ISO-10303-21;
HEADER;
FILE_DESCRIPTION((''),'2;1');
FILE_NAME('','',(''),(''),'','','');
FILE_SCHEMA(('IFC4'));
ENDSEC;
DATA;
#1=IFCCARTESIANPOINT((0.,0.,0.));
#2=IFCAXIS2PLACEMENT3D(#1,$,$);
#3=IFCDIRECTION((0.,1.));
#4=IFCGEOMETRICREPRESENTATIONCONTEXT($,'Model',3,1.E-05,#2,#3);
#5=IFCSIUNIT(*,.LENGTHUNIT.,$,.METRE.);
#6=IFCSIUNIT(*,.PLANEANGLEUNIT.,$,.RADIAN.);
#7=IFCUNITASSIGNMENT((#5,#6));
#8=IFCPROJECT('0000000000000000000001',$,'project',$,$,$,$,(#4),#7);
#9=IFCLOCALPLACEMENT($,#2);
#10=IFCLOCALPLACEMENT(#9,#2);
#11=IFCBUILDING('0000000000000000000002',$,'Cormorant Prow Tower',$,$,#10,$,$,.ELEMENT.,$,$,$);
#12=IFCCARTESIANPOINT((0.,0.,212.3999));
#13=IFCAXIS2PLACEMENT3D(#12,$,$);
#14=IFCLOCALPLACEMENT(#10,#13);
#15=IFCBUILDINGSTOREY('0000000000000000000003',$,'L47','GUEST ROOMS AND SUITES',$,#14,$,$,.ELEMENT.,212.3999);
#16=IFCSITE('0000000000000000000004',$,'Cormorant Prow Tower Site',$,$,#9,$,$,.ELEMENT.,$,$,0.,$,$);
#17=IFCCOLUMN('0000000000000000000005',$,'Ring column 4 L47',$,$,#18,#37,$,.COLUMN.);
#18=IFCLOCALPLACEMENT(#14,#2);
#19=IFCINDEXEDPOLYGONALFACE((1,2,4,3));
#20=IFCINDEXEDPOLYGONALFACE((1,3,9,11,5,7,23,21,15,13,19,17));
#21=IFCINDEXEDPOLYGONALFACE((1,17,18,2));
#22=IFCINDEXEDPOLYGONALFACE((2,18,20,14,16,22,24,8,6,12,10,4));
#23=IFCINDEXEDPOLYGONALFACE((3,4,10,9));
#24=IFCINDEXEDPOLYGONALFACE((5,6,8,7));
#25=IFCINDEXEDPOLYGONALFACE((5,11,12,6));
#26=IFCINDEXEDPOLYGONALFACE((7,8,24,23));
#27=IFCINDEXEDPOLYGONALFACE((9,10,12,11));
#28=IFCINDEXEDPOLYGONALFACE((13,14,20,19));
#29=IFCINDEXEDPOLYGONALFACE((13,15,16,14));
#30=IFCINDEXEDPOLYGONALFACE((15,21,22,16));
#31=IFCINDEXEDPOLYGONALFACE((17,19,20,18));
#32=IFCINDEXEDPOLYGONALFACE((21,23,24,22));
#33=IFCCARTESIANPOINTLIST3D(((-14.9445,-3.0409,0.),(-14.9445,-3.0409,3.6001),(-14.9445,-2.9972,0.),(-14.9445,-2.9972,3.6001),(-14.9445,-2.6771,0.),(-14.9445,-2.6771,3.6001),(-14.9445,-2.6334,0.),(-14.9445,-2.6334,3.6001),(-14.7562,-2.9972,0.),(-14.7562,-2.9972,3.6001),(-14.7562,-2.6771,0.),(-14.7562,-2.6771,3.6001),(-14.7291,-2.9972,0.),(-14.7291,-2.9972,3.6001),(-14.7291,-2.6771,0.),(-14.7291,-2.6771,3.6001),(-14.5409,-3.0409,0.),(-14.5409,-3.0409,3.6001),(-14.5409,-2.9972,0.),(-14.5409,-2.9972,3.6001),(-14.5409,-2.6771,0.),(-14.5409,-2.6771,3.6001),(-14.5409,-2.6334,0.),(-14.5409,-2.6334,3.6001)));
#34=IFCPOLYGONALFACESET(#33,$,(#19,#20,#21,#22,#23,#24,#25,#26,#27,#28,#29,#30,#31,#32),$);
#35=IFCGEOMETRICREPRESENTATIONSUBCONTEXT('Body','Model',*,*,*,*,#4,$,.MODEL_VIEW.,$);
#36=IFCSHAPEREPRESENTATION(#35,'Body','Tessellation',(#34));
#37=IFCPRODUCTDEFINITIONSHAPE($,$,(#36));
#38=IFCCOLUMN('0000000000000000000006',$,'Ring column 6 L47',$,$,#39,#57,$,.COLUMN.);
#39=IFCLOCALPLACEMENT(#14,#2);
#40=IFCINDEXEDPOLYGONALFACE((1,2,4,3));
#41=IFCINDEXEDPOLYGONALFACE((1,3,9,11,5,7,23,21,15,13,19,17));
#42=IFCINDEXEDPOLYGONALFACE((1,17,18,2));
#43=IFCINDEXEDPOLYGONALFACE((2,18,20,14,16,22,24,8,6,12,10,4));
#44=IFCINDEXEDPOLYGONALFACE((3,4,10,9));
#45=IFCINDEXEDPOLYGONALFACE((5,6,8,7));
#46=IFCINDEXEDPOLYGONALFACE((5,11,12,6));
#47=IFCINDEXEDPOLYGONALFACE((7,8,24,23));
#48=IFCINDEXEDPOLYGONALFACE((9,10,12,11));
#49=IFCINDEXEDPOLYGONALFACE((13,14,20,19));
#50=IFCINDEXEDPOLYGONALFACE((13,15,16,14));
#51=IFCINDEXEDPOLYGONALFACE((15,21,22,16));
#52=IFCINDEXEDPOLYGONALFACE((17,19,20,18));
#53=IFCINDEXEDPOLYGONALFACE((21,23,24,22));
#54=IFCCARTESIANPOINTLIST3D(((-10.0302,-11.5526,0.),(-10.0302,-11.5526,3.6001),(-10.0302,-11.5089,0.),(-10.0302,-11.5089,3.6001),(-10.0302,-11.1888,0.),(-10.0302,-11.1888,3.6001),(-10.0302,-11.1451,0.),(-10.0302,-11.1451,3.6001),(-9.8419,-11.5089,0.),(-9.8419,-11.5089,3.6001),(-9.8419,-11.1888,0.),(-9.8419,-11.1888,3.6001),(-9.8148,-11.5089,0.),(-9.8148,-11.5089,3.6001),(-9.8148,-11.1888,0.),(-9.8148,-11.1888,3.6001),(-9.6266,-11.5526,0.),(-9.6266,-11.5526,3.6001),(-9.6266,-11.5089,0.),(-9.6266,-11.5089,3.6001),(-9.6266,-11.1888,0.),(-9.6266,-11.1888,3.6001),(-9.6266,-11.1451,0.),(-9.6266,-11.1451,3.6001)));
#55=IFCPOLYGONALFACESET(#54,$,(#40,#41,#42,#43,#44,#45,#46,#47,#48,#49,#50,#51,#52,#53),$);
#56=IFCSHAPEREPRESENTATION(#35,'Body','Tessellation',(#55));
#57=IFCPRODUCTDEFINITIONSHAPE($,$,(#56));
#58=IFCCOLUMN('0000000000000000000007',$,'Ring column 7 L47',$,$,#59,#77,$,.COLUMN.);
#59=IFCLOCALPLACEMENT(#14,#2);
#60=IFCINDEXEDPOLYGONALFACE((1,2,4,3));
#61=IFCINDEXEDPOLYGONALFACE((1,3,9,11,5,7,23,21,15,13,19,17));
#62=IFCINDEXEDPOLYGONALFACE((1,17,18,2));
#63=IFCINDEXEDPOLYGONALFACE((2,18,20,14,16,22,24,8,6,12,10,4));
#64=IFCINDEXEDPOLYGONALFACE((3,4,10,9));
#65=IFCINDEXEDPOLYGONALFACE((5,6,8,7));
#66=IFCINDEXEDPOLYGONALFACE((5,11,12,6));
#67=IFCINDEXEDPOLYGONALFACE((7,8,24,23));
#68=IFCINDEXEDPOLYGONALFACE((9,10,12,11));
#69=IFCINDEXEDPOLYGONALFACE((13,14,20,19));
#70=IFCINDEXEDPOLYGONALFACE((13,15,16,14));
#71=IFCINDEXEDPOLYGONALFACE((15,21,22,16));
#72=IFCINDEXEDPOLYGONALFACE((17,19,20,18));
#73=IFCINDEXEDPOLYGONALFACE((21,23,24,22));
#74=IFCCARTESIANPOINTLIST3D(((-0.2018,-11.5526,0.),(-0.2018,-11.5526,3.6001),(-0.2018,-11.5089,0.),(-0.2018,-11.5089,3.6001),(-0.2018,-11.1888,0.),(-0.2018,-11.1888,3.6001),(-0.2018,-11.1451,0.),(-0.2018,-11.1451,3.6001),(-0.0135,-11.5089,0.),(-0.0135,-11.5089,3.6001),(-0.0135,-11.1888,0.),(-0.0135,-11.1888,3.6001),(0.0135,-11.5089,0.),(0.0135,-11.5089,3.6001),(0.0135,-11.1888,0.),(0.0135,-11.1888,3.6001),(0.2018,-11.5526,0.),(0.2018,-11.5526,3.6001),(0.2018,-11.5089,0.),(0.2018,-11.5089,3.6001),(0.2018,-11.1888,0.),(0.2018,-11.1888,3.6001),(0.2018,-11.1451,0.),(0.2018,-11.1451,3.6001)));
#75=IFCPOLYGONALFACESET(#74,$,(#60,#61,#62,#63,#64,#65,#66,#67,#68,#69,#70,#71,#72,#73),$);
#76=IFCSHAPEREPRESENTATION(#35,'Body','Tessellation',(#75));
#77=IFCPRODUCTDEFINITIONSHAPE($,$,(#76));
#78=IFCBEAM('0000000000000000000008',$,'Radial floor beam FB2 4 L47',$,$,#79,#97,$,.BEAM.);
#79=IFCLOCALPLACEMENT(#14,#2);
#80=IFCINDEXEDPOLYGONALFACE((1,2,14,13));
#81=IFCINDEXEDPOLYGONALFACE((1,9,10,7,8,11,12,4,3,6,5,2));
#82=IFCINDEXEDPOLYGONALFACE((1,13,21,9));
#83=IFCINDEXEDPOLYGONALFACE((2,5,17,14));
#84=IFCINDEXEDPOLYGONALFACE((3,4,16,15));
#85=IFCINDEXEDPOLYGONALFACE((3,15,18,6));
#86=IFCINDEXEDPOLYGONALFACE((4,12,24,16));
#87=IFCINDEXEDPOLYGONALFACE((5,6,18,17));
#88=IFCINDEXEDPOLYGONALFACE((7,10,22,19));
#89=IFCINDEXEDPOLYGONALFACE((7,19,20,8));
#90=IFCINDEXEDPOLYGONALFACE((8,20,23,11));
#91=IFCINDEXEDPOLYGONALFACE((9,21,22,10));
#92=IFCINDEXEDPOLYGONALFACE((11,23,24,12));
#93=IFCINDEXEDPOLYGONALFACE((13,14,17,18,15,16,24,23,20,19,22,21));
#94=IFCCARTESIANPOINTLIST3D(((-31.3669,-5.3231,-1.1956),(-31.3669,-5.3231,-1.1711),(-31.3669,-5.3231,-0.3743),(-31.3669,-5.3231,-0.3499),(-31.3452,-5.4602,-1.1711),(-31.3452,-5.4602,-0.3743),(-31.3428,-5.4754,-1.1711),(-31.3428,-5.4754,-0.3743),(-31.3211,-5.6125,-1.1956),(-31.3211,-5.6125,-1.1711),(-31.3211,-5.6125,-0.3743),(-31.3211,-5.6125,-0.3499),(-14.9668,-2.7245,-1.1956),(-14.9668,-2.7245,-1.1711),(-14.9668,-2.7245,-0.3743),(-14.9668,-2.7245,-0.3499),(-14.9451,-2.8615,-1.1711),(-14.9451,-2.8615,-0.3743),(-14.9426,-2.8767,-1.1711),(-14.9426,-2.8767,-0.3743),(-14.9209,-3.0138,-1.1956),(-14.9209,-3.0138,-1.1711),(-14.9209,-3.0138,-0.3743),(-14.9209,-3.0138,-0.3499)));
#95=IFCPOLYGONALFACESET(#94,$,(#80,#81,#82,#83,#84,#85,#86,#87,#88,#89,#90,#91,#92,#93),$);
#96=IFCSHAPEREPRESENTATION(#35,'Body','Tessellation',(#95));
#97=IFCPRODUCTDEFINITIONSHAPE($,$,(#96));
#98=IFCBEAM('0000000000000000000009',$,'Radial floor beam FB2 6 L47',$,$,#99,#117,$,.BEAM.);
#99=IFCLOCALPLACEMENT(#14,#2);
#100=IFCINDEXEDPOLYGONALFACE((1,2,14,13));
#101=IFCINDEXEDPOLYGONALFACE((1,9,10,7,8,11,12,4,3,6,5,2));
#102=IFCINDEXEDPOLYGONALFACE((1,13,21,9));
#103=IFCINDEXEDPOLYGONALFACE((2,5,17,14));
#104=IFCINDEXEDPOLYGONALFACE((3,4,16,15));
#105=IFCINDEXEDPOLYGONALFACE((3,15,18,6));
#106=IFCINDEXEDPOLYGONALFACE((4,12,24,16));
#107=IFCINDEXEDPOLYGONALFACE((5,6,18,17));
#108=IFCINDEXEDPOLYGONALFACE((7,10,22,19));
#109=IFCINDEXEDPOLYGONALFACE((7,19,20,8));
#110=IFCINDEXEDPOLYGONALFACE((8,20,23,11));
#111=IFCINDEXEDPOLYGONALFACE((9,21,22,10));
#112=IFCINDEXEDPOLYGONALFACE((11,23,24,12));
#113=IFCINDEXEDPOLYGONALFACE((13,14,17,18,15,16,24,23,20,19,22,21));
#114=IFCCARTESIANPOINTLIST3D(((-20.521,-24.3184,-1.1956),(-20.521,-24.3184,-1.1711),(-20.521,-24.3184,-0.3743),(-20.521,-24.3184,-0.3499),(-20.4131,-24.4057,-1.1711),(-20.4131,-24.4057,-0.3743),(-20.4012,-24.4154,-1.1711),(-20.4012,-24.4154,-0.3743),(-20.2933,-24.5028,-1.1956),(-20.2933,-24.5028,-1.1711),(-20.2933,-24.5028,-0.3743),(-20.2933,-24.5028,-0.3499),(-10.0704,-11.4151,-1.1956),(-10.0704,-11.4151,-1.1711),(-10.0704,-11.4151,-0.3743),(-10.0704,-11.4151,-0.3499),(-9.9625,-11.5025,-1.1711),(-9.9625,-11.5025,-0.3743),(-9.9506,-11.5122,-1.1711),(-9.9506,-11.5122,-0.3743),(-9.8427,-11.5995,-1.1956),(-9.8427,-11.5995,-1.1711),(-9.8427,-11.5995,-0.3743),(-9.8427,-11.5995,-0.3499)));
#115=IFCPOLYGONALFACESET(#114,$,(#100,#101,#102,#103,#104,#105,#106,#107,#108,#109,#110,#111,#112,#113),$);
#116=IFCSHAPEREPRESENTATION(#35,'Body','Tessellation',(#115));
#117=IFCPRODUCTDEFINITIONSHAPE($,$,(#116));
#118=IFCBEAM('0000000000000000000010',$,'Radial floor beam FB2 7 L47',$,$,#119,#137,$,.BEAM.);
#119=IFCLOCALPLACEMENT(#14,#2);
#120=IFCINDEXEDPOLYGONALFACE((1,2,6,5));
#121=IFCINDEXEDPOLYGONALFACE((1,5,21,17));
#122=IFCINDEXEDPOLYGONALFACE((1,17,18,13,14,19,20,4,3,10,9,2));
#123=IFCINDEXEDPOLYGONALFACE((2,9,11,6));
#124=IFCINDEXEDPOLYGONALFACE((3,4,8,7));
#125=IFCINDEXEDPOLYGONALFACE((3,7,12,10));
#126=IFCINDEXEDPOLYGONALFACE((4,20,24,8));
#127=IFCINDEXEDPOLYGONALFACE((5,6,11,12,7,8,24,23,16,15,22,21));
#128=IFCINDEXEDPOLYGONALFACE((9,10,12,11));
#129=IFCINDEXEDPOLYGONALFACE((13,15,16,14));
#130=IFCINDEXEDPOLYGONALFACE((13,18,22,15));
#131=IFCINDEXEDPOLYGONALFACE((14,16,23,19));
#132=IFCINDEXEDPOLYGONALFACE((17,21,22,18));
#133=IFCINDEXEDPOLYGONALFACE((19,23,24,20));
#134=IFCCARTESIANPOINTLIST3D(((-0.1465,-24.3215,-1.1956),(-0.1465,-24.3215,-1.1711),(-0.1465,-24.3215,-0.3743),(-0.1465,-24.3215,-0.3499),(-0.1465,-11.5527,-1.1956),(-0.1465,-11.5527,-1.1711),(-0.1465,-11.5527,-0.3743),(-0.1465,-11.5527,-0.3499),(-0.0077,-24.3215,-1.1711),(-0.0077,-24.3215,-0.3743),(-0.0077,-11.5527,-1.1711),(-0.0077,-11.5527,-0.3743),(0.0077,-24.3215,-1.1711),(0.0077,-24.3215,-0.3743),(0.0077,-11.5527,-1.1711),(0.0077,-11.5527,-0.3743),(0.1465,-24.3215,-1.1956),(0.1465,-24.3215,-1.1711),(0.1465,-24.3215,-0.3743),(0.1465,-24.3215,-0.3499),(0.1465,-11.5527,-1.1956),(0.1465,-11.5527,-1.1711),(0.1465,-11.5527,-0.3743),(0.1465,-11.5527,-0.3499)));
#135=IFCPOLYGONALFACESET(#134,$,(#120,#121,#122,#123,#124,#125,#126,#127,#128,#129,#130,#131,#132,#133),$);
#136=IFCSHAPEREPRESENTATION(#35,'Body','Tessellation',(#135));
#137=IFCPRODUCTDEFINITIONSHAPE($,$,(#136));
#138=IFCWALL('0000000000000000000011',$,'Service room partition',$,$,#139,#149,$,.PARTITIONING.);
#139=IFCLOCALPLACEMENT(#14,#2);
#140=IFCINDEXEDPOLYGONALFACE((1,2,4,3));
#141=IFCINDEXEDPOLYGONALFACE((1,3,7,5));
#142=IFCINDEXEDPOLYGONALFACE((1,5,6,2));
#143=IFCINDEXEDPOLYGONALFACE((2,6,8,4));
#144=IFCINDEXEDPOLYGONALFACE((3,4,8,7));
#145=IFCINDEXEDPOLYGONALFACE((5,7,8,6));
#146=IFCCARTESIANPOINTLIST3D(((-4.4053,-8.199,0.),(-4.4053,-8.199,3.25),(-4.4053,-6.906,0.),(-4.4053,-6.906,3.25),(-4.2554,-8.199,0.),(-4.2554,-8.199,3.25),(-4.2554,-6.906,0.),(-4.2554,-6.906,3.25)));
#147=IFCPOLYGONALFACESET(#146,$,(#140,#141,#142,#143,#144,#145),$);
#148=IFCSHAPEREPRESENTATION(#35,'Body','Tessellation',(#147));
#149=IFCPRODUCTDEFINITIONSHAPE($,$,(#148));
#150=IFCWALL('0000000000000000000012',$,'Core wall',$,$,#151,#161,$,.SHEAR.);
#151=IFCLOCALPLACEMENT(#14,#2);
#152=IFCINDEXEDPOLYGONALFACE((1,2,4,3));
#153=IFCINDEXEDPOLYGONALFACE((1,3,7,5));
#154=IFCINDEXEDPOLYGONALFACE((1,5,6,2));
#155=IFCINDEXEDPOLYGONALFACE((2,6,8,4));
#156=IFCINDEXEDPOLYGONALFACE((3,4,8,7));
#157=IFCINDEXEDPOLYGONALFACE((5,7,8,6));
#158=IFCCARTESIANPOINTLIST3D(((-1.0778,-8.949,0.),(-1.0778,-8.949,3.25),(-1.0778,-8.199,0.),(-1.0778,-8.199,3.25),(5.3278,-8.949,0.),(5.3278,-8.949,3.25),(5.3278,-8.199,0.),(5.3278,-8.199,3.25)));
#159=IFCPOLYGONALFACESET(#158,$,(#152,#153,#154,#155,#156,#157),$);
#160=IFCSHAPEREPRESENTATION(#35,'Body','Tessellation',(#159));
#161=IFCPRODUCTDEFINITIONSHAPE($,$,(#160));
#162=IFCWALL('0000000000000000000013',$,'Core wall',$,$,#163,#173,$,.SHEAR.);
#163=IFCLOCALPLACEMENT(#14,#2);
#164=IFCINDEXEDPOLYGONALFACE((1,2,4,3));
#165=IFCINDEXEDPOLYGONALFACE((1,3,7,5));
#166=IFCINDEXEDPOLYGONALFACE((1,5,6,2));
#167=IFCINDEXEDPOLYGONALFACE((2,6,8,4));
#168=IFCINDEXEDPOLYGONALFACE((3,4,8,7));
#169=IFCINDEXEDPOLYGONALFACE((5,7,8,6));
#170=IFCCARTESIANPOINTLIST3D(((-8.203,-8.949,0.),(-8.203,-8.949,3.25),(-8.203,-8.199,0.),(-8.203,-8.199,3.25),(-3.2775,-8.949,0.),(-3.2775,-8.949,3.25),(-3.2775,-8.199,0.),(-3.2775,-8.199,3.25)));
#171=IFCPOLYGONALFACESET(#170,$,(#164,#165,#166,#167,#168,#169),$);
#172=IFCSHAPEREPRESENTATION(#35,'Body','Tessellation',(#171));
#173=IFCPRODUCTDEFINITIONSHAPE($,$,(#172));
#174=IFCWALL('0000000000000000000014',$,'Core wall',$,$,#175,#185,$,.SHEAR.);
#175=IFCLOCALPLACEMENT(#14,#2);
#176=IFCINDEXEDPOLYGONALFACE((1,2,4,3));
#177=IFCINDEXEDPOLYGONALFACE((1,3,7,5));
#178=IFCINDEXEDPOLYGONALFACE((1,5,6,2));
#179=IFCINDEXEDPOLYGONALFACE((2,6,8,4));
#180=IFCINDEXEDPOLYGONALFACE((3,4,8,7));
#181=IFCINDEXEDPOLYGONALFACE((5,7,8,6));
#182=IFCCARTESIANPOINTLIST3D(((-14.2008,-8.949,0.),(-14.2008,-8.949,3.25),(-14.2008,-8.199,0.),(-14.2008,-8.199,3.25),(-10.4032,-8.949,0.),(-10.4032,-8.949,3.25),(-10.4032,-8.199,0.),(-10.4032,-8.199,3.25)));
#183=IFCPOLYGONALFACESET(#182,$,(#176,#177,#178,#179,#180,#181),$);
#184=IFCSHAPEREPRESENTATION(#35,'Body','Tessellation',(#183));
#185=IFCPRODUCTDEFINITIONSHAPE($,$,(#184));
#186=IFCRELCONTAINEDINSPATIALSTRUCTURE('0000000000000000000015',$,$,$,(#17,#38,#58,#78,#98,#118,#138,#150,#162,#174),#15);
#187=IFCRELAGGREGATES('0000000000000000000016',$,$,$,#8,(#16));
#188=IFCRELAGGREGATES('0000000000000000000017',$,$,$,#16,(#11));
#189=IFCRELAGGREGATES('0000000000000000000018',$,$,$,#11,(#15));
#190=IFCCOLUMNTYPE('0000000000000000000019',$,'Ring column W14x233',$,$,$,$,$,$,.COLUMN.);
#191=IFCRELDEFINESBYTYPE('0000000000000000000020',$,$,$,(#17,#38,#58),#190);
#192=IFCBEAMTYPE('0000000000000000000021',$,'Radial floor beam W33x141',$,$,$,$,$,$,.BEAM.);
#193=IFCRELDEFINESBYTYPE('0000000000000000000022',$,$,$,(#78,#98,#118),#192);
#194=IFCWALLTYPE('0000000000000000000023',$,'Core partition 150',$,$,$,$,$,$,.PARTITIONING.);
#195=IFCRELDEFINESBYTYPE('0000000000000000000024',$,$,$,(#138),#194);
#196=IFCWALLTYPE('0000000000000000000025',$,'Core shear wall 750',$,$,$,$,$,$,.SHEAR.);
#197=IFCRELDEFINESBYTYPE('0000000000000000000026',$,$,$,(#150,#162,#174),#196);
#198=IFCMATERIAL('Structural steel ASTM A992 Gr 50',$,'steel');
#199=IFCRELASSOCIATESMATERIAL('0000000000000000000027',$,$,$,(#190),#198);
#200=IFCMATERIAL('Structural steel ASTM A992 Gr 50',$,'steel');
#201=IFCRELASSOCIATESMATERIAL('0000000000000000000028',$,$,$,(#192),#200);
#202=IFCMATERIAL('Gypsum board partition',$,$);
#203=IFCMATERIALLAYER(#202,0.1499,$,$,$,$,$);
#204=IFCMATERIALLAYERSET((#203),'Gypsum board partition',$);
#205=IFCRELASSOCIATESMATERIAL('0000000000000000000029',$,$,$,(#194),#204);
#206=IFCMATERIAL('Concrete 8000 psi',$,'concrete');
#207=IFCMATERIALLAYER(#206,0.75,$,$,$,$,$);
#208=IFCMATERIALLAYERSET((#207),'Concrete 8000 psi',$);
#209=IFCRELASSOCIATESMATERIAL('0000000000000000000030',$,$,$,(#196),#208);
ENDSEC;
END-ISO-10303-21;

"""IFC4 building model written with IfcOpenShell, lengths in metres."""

from ifc_helpers import new_model, si_unit, direction, frame, frame_2d, origin, origin_2d, place, context, subcontext, project, spatial, rectangle, i_section, extrude, material, layer, layer_set, material_profile, profile_set, type_object, element, save


model = new_model("IFC4")

# Units and contexts
model_context = context("Model", 3, precision=1e-05, world=origin(), true_north=direction((0.0, 1.0)))
body_context = subcontext(model_context, "Body", "Model", "MODEL_VIEW")
ifc_project = project(units=[si_unit("LENGTHUNIT", "METRE"), si_unit("PLANEANGLEUNIT", "RADIAN")], contexts=[model_context])

# Site, building, storey
site_placement = place(None, origin())
site = spatial("IfcSite", under=ifc_project, at=site_placement, Name="Cormorant Prow Tower Site", CompositionType="ELEMENT", RefElevation=0.0)
building_placement = place(site_placement, origin())
building = spatial("IfcBuilding", under=site, at=building_placement, Name="Cormorant Prow Tower", CompositionType="ELEMENT")
storey_placement = place(building_placement, frame((0.0, 0.0, 212.3999)))
storey = spatial("IfcBuildingStorey", under=building, at=storey_placement, Name="L47", Description="GUEST ROOMS AND SUITES", CompositionType="ELEMENT", Elevation=212.3999)

# Columns
ifc_material_1 = material(Name="Structural steel ASTM A992 Gr 50", Category="steel")
ifc_material_profile_1 = material_profile(ifc_material_1, i_section(OverallWidth=0.4036, OverallDepth=0.4075, WebThickness=0.0271, FlangeThickness=0.0437, at=origin_2d()), Name="W14x233")
ifc_profile_set_1 = profile_set([ifc_material_profile_1], Name="Structural steel ASTM A992 Gr 50")
column_type = type_object("IfcColumnType", Name="Ring column W14x233", PredefinedType="COLUMN", material=ifc_profile_set_1)
for number, where, z_axis, x_axis, name in (
    (1, (-14.7427, -2.8372, 0.0), (0.0, 0.0, 1.0), (1.0, 0.0, 0.0), "Ring column 4 L47"),
    (2, (-9.8284, -11.3489, 0.0), (0.0, 0.0, 1.0), (1.0, 0.0, 0.0), "Ring column 6 L47"),
    (3, (0.0, -11.3489, 0.0), (0.0, 0.0, 1.0), (1.0, 0.0, 0.0), "Ring column 7 L47"),
):
    element("IfcColumn", number, at=place(storey_placement, frame(where, z_axis=z_axis, x_axis=x_axis)), inside=storey, type_object=column_type, Name=name, PredefinedType="COLUMN", context=body_context, shape_type="SweptSolid", body=[
        extrude(i_section(OverallWidth=0.4036, OverallDepth=0.4075, WebThickness=0.0271, FlangeThickness=0.0437, at=origin_2d()), origin(), (0.0, 0.0, 1.0), 3.6001),
    ])

# Beams
ifc_material_2 = material(Name="Structural steel ASTM A992 Gr 50", Category="steel")
ifc_material_profile_2 = material_profile(ifc_material_2, i_section(OverallWidth=0.293, OverallDepth=0.8457, WebThickness=0.0154, FlangeThickness=0.0244, at=origin_2d()), Name="W33x141")
ifc_profile_set_2 = profile_set([ifc_material_profile_2], Name="Structural steel ASTM A992 Gr 50")
beam_type = type_object("IfcBeamType", Name="Radial floor beam W33x141", PredefinedType="BEAM", material=ifc_profile_set_2)
beam_1_placement = place(storey_placement, frame((-14.9438, -2.8691, -0.7727), z_axis=(-0.987678, -0.156499, 0.0), x_axis=(0.156499, -0.987678, 0.0)))
element("IfcBeam", 4, at=beam_1_placement, inside=storey, type_object=beam_type, Name="Radial floor beam FB2 4 L47", PredefinedType="BEAM", context=body_context, shape_type="SweptSolid", body=[
    extrude(i_section(OverallWidth=0.293, OverallDepth=0.8457, WebThickness=0.0154, FlangeThickness=0.0244, at=origin_2d()), origin(), (0.0, 0.0, 1.0), 16.6047),
])
beam_2_placement = place(storey_placement, frame((-9.9565, -11.5073, -0.7727), z_axis=(-0.629385, -0.777094, 0.0), x_axis=(0.777094, -0.629385, 0.0)))
element("IfcBeam", 5, at=beam_2_placement, inside=storey, type_object=beam_type, Name="Radial floor beam FB2 6 L47", PredefinedType="BEAM", context=body_context, shape_type="SweptSolid", body=[
    extrude(i_section(OverallWidth=0.293, OverallDepth=0.8457, WebThickness=0.0154, FlangeThickness=0.0244, at=origin_2d()), origin(), (0.0, 0.0, 1.0), 16.6045),
])
beam_3_placement = place(storey_placement, frame((0.0, -11.5527, -0.7727), z_axis=(0.0, -1.0, 0.0), x_axis=(1.0, 0.0, 0.0)))
element("IfcBeam", 6, at=beam_3_placement, inside=storey, type_object=beam_type, Name="Radial floor beam FB2 7 L47", PredefinedType="BEAM", context=body_context, shape_type="SweptSolid", body=[
    extrude(i_section(OverallWidth=0.293, OverallDepth=0.8457, WebThickness=0.0154, FlangeThickness=0.0244, at=origin_2d()), origin(), (0.0, 0.0, 1.0), 12.7688),
])

# Walls
ifc_material_3 = material(Name="Gypsum board partition")
ifc_layer_1 = layer(ifc_material_3, 0.1499)
ifc_layer_set_1 = layer_set([ifc_layer_1], Name="Gypsum board partition")
wall_type_1 = type_object("IfcWallType", Name="Core partition 150", PredefinedType="PARTITIONING", material=ifc_layer_set_1)
wall_1_placement = place(storey_placement, frame((-4.3303, -8.199, 0.0), z_axis=(0.0, 0.0, 1.0), x_axis=(0.0, 1.0, 0.0)))
element("IfcWall", 7, at=wall_1_placement, inside=storey, type_object=wall_type_1, Name="Service room partition", PredefinedType="PARTITIONING", context=body_context, shape_type="SweptSolid", body=[
    extrude(rectangle(XDim=1.293, YDim=0.1499, at=frame_2d((0.6465, 0.0))), origin(), (0.0, 0.0, 1.0), 3.25),
])
ifc_material_4 = material(Name="Concrete 8000 psi", Category="concrete")
ifc_layer_2 = layer(ifc_material_4, 0.75)
ifc_layer_set_2 = layer_set([ifc_layer_2], Name="Concrete 8000 psi")
wall_type_2 = type_object("IfcWallType", Name="Core shear wall 750", PredefinedType="SHEAR", material=ifc_layer_set_2)
wall_2_placement = place(storey_placement, frame((-1.0776, -8.574, 0.0), z_axis=(0.0, 0.0, 1.0), x_axis=(1.0, 0.0, 0.0)))
element("IfcWall", 8, at=wall_2_placement, inside=storey, type_object=wall_type_2, Name="Core wall", PredefinedType="SHEAR", context=body_context, shape_type="SweptSolid", body=[
    extrude(rectangle(XDim=6.4055, YDim=0.75, at=frame_2d((3.2026, 0.0))), origin(), (0.0, 0.0, 1.0), 3.25),
])
wall_3_placement = place(storey_placement, frame((-8.2031, -8.574, 0.0), z_axis=(0.0, 0.0, 1.0), x_axis=(1.0, 0.0, 0.0)))
element("IfcWall", 9, at=wall_3_placement, inside=storey, type_object=wall_type_2, Name="Core wall", PredefinedType="SHEAR", context=body_context, shape_type="SweptSolid", body=[
    extrude(rectangle(XDim=4.9255, YDim=0.75, at=frame_2d((2.4629, 0.0))), origin(), (0.0, 0.0, 1.0), 3.25),
])
wall_4_placement = place(storey_placement, frame((-14.2009, -8.574, 0.0), z_axis=(0.0, 0.0, 1.0), x_axis=(1.0, 0.0, 0.0)))
element("IfcWall", 10, at=wall_4_placement, inside=storey, type_object=wall_type_2, Name="Core wall", PredefinedType="SHEAR", context=body_context, shape_type="SweptSolid", body=[
    extrude(rectangle(XDim=3.7976, YDim=0.75, at=frame_2d((1.8989, 0.0))), origin(), (0.0, 0.0, 1.0), 3.25),
])

save(model, "model.ifc")
